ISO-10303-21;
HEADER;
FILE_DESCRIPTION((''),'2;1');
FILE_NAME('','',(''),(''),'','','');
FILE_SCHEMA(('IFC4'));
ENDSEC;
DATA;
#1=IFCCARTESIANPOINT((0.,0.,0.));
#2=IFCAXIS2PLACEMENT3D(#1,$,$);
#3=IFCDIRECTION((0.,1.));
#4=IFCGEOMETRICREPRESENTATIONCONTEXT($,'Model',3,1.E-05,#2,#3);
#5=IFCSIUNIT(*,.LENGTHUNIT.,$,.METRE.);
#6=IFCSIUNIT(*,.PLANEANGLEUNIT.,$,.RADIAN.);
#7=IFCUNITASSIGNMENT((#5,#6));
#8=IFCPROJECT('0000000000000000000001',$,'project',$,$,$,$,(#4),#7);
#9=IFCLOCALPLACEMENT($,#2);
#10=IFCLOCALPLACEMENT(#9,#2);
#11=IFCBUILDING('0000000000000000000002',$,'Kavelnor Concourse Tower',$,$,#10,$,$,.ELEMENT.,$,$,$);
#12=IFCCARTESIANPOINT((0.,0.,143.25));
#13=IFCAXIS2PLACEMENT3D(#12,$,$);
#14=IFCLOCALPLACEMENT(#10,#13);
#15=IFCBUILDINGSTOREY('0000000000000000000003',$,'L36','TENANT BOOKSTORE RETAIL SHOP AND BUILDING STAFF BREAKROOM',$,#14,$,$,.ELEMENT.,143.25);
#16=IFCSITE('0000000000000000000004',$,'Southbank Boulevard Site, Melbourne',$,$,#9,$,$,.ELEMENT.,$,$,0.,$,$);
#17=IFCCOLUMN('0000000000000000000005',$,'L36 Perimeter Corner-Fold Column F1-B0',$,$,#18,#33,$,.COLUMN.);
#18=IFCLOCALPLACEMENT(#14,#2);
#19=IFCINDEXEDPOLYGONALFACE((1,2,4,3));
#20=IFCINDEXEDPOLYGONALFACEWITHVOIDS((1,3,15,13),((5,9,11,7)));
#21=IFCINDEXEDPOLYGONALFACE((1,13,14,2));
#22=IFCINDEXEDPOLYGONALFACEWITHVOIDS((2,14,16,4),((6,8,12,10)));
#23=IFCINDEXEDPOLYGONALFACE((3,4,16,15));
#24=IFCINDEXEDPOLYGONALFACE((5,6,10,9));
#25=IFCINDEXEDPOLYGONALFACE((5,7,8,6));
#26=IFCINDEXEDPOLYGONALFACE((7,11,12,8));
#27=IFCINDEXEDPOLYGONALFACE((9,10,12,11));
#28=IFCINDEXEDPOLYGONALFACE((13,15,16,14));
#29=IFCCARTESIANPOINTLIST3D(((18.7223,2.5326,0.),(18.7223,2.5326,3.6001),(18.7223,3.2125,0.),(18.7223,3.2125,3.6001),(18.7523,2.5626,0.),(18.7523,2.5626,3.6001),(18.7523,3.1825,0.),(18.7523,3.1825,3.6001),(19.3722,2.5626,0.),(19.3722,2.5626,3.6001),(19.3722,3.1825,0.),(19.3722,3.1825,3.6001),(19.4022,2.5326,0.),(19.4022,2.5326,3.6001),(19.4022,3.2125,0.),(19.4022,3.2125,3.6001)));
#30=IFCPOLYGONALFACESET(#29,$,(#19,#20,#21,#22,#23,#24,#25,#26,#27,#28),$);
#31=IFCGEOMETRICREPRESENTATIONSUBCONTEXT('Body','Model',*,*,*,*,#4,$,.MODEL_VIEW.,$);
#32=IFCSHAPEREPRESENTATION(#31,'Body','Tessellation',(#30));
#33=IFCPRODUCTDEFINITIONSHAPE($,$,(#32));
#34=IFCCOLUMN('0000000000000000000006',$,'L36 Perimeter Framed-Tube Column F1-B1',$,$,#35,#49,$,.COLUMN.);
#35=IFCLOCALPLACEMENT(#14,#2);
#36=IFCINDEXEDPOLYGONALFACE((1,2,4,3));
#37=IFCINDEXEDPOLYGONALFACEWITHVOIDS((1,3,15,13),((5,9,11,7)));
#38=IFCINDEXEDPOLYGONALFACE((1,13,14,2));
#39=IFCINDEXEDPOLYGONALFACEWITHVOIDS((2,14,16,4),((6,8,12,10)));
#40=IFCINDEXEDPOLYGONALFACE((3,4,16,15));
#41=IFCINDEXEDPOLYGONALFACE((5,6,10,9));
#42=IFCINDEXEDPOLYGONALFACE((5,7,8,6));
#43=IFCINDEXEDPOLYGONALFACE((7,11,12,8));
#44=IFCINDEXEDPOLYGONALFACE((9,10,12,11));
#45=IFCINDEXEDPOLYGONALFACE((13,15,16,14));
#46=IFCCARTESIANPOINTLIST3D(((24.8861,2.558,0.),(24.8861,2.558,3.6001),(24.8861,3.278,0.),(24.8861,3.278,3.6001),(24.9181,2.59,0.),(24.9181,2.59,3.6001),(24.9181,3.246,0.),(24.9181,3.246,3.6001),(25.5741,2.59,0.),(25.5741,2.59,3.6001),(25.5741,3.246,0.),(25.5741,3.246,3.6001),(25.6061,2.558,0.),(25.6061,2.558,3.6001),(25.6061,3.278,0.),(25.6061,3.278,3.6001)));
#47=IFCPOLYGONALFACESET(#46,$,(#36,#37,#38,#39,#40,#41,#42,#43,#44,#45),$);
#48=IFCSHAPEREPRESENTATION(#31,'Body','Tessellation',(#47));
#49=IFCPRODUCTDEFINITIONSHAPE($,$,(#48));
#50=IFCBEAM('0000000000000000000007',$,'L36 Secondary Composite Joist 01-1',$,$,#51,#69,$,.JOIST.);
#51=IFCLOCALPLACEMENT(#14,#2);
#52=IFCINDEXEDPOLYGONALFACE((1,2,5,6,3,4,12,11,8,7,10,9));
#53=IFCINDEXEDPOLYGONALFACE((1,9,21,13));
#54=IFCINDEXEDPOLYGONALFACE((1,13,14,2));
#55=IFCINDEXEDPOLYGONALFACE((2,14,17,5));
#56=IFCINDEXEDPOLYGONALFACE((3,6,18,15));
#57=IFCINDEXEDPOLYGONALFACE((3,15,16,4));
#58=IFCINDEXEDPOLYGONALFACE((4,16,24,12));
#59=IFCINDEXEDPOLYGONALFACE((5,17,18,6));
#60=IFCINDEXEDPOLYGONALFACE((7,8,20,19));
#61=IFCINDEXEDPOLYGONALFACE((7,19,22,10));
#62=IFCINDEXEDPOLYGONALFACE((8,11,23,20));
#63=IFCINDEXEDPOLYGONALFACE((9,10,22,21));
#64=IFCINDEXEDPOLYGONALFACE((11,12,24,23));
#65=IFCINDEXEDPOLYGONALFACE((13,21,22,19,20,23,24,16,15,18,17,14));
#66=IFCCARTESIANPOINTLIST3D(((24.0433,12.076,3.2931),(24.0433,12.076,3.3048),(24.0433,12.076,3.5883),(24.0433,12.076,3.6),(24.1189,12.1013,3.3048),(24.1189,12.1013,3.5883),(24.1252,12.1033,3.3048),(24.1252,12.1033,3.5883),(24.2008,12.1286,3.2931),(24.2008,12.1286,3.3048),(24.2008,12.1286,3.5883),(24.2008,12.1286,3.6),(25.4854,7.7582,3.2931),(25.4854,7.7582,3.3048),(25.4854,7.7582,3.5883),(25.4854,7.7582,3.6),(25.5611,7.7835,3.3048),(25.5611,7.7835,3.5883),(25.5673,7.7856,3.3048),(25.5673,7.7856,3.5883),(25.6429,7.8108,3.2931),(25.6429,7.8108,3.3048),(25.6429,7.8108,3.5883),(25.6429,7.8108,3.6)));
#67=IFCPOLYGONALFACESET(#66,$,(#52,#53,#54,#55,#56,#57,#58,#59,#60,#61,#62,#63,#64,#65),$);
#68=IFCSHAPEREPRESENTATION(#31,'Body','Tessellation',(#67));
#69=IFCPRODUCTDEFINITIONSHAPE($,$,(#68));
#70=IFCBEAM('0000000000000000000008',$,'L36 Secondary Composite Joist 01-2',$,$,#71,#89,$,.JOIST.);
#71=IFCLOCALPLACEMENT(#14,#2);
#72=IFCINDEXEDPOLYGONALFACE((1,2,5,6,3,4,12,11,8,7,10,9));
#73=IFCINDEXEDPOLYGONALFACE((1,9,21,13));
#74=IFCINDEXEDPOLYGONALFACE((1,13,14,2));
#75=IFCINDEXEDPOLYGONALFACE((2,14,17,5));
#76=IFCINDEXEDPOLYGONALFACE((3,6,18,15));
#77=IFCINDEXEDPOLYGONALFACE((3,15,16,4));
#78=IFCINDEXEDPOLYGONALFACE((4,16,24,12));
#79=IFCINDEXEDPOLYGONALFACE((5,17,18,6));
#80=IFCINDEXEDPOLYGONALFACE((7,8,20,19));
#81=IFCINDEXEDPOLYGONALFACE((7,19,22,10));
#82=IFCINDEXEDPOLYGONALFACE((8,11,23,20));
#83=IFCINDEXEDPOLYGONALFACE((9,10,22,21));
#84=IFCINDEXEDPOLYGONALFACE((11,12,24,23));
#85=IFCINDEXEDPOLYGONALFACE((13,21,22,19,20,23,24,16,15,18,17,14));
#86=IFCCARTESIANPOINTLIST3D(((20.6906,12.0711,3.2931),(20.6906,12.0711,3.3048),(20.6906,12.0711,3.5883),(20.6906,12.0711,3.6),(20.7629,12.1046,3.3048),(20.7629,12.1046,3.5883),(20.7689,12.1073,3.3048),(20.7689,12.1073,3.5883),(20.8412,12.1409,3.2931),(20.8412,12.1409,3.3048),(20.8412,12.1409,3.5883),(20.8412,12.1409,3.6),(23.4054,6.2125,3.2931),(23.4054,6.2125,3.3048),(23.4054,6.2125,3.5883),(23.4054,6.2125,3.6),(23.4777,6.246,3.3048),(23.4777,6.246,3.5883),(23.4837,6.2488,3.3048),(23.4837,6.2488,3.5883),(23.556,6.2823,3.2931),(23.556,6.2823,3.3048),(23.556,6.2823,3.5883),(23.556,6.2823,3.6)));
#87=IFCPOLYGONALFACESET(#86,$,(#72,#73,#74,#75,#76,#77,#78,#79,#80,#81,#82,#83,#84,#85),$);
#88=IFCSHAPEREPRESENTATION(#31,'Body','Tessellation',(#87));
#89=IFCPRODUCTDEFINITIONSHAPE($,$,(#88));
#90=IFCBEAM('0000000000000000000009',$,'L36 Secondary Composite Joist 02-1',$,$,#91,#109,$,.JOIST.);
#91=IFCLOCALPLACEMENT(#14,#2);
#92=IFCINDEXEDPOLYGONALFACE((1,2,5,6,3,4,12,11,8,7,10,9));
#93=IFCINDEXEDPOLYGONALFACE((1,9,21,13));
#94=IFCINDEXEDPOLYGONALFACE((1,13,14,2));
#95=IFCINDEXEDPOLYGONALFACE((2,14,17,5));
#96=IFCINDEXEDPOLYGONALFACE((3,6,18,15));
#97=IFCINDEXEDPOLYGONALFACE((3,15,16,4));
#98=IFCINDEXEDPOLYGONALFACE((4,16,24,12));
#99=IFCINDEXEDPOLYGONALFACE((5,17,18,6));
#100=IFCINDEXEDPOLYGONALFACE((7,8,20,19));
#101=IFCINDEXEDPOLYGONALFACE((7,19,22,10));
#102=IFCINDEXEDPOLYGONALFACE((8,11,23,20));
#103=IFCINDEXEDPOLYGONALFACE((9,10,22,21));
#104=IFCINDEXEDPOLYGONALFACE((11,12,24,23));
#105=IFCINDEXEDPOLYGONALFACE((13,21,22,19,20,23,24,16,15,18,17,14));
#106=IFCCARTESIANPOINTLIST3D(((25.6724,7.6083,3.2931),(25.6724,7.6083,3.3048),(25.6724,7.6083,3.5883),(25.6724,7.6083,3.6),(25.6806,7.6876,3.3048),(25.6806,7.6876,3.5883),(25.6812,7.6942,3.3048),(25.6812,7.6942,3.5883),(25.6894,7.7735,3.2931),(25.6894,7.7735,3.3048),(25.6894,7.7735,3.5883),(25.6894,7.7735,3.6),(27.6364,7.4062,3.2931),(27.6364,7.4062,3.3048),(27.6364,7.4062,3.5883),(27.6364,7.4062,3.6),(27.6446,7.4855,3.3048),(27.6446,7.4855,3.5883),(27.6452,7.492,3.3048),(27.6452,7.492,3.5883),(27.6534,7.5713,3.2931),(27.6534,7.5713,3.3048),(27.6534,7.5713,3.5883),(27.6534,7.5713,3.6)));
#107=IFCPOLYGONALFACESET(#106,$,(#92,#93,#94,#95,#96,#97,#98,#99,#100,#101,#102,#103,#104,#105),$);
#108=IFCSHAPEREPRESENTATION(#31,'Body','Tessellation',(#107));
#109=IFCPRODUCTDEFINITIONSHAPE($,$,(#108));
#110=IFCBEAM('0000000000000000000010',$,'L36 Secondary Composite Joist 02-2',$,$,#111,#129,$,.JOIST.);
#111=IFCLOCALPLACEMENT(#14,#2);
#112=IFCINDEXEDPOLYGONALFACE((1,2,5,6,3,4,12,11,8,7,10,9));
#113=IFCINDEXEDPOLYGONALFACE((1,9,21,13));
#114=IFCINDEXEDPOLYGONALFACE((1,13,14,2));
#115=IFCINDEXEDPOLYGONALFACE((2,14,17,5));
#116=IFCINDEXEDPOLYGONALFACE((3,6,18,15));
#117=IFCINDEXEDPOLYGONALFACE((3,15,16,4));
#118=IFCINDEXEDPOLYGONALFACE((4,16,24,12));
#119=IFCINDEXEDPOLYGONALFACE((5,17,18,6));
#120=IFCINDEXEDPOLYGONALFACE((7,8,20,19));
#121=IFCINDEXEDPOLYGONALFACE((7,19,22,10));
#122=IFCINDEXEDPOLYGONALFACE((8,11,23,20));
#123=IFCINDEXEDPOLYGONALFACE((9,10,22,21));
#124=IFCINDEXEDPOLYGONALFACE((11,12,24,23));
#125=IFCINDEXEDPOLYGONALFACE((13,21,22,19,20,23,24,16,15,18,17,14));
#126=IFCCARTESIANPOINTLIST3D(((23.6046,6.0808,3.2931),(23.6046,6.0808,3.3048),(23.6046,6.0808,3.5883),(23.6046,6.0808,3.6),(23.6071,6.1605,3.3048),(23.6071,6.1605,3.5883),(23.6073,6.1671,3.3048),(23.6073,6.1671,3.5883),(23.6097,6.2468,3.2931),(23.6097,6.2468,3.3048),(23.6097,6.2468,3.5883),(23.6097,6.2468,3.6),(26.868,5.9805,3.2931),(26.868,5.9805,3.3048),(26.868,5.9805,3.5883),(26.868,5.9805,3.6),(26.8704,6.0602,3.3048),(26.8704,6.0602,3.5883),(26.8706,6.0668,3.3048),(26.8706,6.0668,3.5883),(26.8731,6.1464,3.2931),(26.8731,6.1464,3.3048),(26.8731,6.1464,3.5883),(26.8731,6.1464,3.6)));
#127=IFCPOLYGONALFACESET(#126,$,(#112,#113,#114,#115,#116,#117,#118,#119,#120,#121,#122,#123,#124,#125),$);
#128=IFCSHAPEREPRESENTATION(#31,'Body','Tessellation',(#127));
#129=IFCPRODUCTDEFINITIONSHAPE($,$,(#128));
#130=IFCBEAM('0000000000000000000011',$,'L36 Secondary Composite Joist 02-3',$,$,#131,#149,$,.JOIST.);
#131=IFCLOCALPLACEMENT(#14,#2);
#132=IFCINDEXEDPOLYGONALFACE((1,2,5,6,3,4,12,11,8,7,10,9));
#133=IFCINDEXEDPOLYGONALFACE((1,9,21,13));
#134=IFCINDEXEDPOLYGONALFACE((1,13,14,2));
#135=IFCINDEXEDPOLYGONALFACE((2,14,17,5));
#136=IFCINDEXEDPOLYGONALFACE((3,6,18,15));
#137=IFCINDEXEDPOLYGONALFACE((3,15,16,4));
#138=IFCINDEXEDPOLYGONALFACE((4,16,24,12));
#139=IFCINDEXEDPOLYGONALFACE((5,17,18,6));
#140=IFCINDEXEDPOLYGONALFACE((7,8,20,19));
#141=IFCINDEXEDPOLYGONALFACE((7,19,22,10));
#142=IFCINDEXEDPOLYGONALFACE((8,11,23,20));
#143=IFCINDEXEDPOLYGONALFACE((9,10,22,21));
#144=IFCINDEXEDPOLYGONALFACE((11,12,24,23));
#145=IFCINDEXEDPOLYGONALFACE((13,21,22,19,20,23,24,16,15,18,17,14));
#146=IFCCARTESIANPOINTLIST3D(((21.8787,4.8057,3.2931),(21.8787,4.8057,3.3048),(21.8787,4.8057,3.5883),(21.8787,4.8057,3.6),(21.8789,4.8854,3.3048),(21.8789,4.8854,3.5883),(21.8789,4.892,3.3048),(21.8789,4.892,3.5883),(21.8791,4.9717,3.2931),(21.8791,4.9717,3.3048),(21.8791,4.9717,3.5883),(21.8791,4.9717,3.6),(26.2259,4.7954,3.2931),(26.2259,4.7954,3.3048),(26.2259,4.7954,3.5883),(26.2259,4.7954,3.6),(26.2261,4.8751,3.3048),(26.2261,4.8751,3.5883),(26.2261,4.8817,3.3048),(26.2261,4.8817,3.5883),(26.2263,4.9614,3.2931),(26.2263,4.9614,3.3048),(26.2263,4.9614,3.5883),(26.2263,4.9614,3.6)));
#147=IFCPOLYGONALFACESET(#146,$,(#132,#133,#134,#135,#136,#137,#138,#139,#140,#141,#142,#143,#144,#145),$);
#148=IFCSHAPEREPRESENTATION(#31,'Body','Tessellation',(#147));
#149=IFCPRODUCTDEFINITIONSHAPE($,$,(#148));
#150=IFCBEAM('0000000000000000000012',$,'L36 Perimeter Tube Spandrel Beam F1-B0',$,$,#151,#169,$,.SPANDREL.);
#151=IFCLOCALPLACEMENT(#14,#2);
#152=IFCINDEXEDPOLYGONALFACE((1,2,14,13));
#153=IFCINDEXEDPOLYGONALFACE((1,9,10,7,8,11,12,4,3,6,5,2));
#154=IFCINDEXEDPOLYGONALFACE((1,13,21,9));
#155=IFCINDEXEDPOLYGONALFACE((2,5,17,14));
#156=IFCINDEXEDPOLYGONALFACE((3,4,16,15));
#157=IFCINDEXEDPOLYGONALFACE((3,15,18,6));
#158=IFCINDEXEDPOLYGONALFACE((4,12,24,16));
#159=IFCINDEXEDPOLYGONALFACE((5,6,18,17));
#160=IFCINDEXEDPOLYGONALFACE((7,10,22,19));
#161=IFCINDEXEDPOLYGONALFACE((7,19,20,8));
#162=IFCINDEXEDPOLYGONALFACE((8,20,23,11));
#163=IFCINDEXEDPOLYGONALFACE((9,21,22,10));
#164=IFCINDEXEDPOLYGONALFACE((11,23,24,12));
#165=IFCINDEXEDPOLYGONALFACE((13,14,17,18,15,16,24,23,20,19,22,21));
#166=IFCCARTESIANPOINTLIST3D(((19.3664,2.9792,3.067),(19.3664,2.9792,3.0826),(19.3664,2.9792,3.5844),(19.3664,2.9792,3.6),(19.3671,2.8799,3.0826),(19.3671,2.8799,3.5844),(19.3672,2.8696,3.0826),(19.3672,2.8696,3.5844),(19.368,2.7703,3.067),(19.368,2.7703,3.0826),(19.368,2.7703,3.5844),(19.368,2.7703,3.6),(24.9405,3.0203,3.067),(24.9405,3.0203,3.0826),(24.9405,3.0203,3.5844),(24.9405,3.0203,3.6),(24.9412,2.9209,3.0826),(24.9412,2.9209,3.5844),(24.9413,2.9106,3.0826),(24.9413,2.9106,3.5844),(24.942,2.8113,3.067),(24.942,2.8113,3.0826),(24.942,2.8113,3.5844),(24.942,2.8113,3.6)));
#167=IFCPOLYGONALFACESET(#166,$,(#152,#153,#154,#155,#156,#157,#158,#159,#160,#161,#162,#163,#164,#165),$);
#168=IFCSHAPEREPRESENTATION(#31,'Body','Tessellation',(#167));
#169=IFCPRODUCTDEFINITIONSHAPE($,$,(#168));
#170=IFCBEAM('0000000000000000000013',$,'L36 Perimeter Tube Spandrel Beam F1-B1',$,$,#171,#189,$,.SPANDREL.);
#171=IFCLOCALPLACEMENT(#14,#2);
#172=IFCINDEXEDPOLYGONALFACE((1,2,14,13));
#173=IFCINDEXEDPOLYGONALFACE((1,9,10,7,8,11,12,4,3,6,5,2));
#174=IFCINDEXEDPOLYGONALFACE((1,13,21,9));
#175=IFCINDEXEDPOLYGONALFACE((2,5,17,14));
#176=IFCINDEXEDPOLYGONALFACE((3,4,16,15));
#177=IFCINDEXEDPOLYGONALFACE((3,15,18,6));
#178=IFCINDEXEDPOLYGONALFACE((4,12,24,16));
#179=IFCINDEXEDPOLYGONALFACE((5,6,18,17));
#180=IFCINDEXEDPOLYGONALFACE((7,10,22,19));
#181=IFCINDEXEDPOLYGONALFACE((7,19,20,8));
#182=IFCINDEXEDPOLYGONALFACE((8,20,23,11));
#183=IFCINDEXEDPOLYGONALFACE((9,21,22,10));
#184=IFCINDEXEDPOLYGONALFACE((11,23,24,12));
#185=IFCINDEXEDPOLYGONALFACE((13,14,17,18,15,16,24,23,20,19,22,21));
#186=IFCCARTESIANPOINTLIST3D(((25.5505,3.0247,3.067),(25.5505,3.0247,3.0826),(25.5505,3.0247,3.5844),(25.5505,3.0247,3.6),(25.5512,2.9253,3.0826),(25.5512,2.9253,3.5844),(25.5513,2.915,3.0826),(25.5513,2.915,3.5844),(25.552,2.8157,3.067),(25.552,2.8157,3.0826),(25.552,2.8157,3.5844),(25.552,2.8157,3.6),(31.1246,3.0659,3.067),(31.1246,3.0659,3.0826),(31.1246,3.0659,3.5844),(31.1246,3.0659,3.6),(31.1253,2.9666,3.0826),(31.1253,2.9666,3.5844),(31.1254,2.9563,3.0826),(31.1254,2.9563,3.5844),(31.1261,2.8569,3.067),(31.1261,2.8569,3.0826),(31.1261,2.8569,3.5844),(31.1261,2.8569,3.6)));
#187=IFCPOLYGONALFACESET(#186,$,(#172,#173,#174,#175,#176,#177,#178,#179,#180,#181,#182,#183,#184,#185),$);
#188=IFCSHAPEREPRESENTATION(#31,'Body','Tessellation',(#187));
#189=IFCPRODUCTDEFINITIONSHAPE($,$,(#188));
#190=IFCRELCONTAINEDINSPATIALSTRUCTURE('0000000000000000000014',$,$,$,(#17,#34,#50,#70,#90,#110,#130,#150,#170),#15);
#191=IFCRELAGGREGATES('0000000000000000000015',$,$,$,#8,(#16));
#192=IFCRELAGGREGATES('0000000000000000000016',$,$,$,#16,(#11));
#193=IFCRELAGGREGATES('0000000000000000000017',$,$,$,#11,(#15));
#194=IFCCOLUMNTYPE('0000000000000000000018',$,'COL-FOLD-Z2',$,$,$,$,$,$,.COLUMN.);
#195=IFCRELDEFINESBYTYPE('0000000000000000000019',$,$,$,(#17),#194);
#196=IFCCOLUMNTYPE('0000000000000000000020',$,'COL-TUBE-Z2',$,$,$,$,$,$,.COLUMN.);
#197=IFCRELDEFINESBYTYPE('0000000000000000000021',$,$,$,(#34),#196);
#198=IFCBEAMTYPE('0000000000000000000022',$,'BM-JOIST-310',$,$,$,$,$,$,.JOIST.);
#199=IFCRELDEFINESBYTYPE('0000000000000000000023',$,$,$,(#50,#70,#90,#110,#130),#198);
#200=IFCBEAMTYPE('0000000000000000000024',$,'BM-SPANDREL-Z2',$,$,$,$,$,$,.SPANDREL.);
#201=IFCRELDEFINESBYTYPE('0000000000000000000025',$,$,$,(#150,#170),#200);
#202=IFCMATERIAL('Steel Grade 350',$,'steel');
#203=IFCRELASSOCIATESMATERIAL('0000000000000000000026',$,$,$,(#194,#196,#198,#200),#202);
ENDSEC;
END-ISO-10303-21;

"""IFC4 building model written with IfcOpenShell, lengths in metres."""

from ifc_helpers import new_model, si_unit, direction, frame, origin, origin_2d, place, context, subcontext, project, spatial, hollow_rectangle, i_section, extrude, material, material_profile, profile_set, type_object, element, save


model = new_model("IFC4")

# Units and contexts
model_context = context("Model", 3, precision=1e-05, world=origin(), true_north=direction((0.0, 1.0)))
body_context = subcontext(model_context, "Body", "Model", "MODEL_VIEW")
ifc_project = project(units=[si_unit("LENGTHUNIT", "METRE"), si_unit("PLANEANGLEUNIT", "RADIAN")], contexts=[model_context])

# Site, building, storey
site_placement = place(None, origin())
site = spatial("IfcSite", under=ifc_project, at=site_placement, Name="Southbank Boulevard Site, Melbourne", CompositionType="ELEMENT", RefElevation=0.0)
building_placement = place(site_placement, origin())
building = spatial("IfcBuilding", under=site, at=building_placement, Name="Kavelnor Concourse Tower", CompositionType="ELEMENT")
storey_placement = place(building_placement, frame((0.0, 0.0, 143.25)))
storey = spatial("IfcBuildingStorey", under=building, at=storey_placement, Name="L36", Description="TENANT BOOKSTORE RETAIL SHOP AND BUILDING STAFF BREAKROOM", CompositionType="ELEMENT", Elevation=143.25)

# Columns
ifc_material_1 = material(Name="Steel Grade 350", Category="steel")
ifc_material_profile_1 = material_profile(ifc_material_1, hollow_rectangle(XDim=0.6799, YDim=0.6799, WallThickness=0.03, at=origin_2d()), Name="SHS 680x680x30")
ifc_profile_set_1 = profile_set([ifc_material_profile_1], Name="Steel Grade 350")
column_type_1 = type_object("IfcColumnType", Name="COL-FOLD-Z2", PredefinedType="COLUMN", material=ifc_profile_set_1)
column_1_placement = place(storey_placement, frame((19.0623, 2.8726, 0.0), z_axis=(0.0, 0.0, 1.0), x_axis=(1.0, 0.0, 0.0)))
element("IfcColumn", 1, at=column_1_placement, inside=storey, type_object=column_type_1, Name="L36 Perimeter Corner-Fold Column F1-B0", PredefinedType="COLUMN", context=body_context, shape_type="SweptSolid", body=[
    extrude(hollow_rectangle(XDim=0.6799, YDim=0.6799, WallThickness=0.03, at=origin_2d()), origin(), (0.0, 0.0, 1.0), 3.6001),
])
ifc_material_profile_2 = material_profile(ifc_material_1, hollow_rectangle(XDim=0.72, YDim=0.72, WallThickness=0.032, at=origin_2d()), Name="SHS 720x720x32")
ifc_profile_set_2 = profile_set([ifc_material_profile_2], Name="Steel Grade 350")
column_type_2 = type_object("IfcColumnType", Name="COL-TUBE-Z2", PredefinedType="COLUMN", material=ifc_profile_set_2)
column_2_placement = place(storey_placement, frame((25.2461, 2.918, 0.0), z_axis=(0.0, 0.0, 1.0), x_axis=(1.0, 0.0, 0.0)))
element("IfcColumn", 2, at=column_2_placement, inside=storey, type_object=column_type_2, Name="L36 Perimeter Framed-Tube Column F1-B1", PredefinedType="COLUMN", context=body_context, shape_type="SweptSolid", body=[
    extrude(hollow_rectangle(XDim=0.72, YDim=0.72, WallThickness=0.032, at=origin_2d()), origin(), (0.0, 0.0, 1.0), 3.6001),
])

# Beams
ifc_material_profile_3 = material_profile(ifc_material_1, i_section(OverallWidth=0.166, OverallDepth=0.3069, WebThickness=0.0066, FlangeThickness=0.0117, at=origin_2d()), Name="310UB46")
ifc_profile_set_3 = profile_set([ifc_material_profile_3], Name="Steel Grade 350")
beam_type_1 = type_object("IfcBeamType", Name="BM-JOIST-310", PredefinedType="JOIST", material=ifc_profile_set_3)
beam_1_placement = place(storey_placement, frame((24.1221, 12.1023, 3.4465), z_axis=(0.316791, -0.948495, 0.0), x_axis=(0.948495, 0.316791, 0.0)))
element("IfcBeam", 3, at=beam_1_placement, inside=storey, type_object=beam_type_1, Name="L36 Secondary Composite Joist 01-1", PredefinedType="JOIST", context=body_context, shape_type="SweptSolid", body=[
    extrude(i_section(OverallWidth=0.166, OverallDepth=0.3069, WebThickness=0.0066, FlangeThickness=0.0117, at=origin_2d()), origin(), (0.0, 0.0, 1.0), 4.5522),
])
beam_2_placement = place(storey_placement, frame((20.7659, 12.106, 3.4465), z_axis=(0.420444, -0.907319, 0.0), x_axis=(0.907319, 0.420444, 0.0)))
element("IfcBeam", 4, at=beam_2_placement, inside=storey, type_object=beam_type_1, Name="L36 Secondary Composite Joist 01-2", PredefinedType="JOIST", context=body_context, shape_type="SweptSolid", body=[
    extrude(i_section(OverallWidth=0.166, OverallDepth=0.3069, WebThickness=0.0066, FlangeThickness=0.0117, at=origin_2d()), origin(), (0.0, 0.0, 1.0), 6.457),
])
beam_3_placement = place(storey_placement, frame((25.6809, 7.6909, 3.4465), z_axis=(0.994744, -0.102393, 0.0), x_axis=(0.102393, 0.994744, 0.0)))
element("IfcBeam", 5, at=beam_3_placement, inside=storey, type_object=beam_type_1, Name="L36 Secondary Composite Joist 02-1", PredefinedType="JOIST", context=body_context, shape_type="SweptSolid", body=[
    extrude(i_section(OverallWidth=0.166, OverallDepth=0.3069, WebThickness=0.0066, FlangeThickness=0.0117, at=origin_2d()), origin(), (0.0, 0.0, 1.0), 1.9744),
])
beam_4_placement = place(storey_placement, frame((23.6072, 6.1638, 3.4465), z_axis=(0.999528, -0.030733, 0.0), x_axis=(0.030733, 0.999528, 0.0)))
element("IfcBeam", 6, at=beam_4_placement, inside=storey, type_object=beam_type_1, Name="L36 Secondary Composite Joist 02-2", PredefinedType="JOIST", context=body_context, shape_type="SweptSolid", body=[
    extrude(i_section(OverallWidth=0.166, OverallDepth=0.3069, WebThickness=0.0066, FlangeThickness=0.0117, at=origin_2d()), origin(), (0.0, 0.0, 1.0), 3.2649),
])
beam_5_placement = place(storey_placement, frame((21.8789, 4.8887, 3.4465), z_axis=(0.999997, -0.002359, 0.0), x_axis=(0.002359, 0.999997, 0.0)))
element("IfcBeam", 7, at=beam_5_placement, inside=storey, type_object=beam_type_1, Name="L36 Secondary Composite Joist 02-3", PredefinedType="JOIST", context=body_context, shape_type="SweptSolid", body=[
    extrude(i_section(OverallWidth=0.166, OverallDepth=0.3069, WebThickness=0.0066, FlangeThickness=0.0117, at=origin_2d()), origin(), (0.0, 0.0, 1.0), 4.3472),
])
ifc_material_profile_4 = material_profile(ifc_material_1, i_section(OverallWidth=0.209, OverallDepth=0.533, WebThickness=0.0103, FlangeThickness=0.0156, at=origin_2d()), Name="530UB92")
ifc_profile_set_4 = profile_set([ifc_material_profile_4], Name="Steel Grade 350")
beam_type_2 = type_object("IfcBeamType", Name="BM-SPANDREL-Z2", PredefinedType="SPANDREL", material=ifc_profile_set_4)
for number, where, z_axis, x_axis, name in (
    (8, (19.3672, 2.8748, 3.3335), (0.999973, 0.007358, 0.0), (-0.007358, 0.999973, 0.0), "L36 Perimeter Tube Spandrel Beam F1-B0"),
    (9, (25.5513, 2.9202, 3.3335), (0.999973, 0.007402, 0.0), (-0.007402, 0.999973, 0.0), "L36 Perimeter Tube Spandrel Beam F1-B1"),
):
    element("IfcBeam", number, at=place(storey_placement, frame(where, z_axis=z_axis, x_axis=x_axis)), inside=storey, type_object=beam_type_2, Name=name, PredefinedType="SPANDREL", context=body_context, shape_type="SweptSolid", body=[
        extrude(i_section(OverallWidth=0.209, OverallDepth=0.533, WebThickness=0.0103, FlangeThickness=0.0156, at=origin_2d()), origin(), (0.0, 0.0, 1.0), 5.5742),
    ])

save(model, "model.ifc")
